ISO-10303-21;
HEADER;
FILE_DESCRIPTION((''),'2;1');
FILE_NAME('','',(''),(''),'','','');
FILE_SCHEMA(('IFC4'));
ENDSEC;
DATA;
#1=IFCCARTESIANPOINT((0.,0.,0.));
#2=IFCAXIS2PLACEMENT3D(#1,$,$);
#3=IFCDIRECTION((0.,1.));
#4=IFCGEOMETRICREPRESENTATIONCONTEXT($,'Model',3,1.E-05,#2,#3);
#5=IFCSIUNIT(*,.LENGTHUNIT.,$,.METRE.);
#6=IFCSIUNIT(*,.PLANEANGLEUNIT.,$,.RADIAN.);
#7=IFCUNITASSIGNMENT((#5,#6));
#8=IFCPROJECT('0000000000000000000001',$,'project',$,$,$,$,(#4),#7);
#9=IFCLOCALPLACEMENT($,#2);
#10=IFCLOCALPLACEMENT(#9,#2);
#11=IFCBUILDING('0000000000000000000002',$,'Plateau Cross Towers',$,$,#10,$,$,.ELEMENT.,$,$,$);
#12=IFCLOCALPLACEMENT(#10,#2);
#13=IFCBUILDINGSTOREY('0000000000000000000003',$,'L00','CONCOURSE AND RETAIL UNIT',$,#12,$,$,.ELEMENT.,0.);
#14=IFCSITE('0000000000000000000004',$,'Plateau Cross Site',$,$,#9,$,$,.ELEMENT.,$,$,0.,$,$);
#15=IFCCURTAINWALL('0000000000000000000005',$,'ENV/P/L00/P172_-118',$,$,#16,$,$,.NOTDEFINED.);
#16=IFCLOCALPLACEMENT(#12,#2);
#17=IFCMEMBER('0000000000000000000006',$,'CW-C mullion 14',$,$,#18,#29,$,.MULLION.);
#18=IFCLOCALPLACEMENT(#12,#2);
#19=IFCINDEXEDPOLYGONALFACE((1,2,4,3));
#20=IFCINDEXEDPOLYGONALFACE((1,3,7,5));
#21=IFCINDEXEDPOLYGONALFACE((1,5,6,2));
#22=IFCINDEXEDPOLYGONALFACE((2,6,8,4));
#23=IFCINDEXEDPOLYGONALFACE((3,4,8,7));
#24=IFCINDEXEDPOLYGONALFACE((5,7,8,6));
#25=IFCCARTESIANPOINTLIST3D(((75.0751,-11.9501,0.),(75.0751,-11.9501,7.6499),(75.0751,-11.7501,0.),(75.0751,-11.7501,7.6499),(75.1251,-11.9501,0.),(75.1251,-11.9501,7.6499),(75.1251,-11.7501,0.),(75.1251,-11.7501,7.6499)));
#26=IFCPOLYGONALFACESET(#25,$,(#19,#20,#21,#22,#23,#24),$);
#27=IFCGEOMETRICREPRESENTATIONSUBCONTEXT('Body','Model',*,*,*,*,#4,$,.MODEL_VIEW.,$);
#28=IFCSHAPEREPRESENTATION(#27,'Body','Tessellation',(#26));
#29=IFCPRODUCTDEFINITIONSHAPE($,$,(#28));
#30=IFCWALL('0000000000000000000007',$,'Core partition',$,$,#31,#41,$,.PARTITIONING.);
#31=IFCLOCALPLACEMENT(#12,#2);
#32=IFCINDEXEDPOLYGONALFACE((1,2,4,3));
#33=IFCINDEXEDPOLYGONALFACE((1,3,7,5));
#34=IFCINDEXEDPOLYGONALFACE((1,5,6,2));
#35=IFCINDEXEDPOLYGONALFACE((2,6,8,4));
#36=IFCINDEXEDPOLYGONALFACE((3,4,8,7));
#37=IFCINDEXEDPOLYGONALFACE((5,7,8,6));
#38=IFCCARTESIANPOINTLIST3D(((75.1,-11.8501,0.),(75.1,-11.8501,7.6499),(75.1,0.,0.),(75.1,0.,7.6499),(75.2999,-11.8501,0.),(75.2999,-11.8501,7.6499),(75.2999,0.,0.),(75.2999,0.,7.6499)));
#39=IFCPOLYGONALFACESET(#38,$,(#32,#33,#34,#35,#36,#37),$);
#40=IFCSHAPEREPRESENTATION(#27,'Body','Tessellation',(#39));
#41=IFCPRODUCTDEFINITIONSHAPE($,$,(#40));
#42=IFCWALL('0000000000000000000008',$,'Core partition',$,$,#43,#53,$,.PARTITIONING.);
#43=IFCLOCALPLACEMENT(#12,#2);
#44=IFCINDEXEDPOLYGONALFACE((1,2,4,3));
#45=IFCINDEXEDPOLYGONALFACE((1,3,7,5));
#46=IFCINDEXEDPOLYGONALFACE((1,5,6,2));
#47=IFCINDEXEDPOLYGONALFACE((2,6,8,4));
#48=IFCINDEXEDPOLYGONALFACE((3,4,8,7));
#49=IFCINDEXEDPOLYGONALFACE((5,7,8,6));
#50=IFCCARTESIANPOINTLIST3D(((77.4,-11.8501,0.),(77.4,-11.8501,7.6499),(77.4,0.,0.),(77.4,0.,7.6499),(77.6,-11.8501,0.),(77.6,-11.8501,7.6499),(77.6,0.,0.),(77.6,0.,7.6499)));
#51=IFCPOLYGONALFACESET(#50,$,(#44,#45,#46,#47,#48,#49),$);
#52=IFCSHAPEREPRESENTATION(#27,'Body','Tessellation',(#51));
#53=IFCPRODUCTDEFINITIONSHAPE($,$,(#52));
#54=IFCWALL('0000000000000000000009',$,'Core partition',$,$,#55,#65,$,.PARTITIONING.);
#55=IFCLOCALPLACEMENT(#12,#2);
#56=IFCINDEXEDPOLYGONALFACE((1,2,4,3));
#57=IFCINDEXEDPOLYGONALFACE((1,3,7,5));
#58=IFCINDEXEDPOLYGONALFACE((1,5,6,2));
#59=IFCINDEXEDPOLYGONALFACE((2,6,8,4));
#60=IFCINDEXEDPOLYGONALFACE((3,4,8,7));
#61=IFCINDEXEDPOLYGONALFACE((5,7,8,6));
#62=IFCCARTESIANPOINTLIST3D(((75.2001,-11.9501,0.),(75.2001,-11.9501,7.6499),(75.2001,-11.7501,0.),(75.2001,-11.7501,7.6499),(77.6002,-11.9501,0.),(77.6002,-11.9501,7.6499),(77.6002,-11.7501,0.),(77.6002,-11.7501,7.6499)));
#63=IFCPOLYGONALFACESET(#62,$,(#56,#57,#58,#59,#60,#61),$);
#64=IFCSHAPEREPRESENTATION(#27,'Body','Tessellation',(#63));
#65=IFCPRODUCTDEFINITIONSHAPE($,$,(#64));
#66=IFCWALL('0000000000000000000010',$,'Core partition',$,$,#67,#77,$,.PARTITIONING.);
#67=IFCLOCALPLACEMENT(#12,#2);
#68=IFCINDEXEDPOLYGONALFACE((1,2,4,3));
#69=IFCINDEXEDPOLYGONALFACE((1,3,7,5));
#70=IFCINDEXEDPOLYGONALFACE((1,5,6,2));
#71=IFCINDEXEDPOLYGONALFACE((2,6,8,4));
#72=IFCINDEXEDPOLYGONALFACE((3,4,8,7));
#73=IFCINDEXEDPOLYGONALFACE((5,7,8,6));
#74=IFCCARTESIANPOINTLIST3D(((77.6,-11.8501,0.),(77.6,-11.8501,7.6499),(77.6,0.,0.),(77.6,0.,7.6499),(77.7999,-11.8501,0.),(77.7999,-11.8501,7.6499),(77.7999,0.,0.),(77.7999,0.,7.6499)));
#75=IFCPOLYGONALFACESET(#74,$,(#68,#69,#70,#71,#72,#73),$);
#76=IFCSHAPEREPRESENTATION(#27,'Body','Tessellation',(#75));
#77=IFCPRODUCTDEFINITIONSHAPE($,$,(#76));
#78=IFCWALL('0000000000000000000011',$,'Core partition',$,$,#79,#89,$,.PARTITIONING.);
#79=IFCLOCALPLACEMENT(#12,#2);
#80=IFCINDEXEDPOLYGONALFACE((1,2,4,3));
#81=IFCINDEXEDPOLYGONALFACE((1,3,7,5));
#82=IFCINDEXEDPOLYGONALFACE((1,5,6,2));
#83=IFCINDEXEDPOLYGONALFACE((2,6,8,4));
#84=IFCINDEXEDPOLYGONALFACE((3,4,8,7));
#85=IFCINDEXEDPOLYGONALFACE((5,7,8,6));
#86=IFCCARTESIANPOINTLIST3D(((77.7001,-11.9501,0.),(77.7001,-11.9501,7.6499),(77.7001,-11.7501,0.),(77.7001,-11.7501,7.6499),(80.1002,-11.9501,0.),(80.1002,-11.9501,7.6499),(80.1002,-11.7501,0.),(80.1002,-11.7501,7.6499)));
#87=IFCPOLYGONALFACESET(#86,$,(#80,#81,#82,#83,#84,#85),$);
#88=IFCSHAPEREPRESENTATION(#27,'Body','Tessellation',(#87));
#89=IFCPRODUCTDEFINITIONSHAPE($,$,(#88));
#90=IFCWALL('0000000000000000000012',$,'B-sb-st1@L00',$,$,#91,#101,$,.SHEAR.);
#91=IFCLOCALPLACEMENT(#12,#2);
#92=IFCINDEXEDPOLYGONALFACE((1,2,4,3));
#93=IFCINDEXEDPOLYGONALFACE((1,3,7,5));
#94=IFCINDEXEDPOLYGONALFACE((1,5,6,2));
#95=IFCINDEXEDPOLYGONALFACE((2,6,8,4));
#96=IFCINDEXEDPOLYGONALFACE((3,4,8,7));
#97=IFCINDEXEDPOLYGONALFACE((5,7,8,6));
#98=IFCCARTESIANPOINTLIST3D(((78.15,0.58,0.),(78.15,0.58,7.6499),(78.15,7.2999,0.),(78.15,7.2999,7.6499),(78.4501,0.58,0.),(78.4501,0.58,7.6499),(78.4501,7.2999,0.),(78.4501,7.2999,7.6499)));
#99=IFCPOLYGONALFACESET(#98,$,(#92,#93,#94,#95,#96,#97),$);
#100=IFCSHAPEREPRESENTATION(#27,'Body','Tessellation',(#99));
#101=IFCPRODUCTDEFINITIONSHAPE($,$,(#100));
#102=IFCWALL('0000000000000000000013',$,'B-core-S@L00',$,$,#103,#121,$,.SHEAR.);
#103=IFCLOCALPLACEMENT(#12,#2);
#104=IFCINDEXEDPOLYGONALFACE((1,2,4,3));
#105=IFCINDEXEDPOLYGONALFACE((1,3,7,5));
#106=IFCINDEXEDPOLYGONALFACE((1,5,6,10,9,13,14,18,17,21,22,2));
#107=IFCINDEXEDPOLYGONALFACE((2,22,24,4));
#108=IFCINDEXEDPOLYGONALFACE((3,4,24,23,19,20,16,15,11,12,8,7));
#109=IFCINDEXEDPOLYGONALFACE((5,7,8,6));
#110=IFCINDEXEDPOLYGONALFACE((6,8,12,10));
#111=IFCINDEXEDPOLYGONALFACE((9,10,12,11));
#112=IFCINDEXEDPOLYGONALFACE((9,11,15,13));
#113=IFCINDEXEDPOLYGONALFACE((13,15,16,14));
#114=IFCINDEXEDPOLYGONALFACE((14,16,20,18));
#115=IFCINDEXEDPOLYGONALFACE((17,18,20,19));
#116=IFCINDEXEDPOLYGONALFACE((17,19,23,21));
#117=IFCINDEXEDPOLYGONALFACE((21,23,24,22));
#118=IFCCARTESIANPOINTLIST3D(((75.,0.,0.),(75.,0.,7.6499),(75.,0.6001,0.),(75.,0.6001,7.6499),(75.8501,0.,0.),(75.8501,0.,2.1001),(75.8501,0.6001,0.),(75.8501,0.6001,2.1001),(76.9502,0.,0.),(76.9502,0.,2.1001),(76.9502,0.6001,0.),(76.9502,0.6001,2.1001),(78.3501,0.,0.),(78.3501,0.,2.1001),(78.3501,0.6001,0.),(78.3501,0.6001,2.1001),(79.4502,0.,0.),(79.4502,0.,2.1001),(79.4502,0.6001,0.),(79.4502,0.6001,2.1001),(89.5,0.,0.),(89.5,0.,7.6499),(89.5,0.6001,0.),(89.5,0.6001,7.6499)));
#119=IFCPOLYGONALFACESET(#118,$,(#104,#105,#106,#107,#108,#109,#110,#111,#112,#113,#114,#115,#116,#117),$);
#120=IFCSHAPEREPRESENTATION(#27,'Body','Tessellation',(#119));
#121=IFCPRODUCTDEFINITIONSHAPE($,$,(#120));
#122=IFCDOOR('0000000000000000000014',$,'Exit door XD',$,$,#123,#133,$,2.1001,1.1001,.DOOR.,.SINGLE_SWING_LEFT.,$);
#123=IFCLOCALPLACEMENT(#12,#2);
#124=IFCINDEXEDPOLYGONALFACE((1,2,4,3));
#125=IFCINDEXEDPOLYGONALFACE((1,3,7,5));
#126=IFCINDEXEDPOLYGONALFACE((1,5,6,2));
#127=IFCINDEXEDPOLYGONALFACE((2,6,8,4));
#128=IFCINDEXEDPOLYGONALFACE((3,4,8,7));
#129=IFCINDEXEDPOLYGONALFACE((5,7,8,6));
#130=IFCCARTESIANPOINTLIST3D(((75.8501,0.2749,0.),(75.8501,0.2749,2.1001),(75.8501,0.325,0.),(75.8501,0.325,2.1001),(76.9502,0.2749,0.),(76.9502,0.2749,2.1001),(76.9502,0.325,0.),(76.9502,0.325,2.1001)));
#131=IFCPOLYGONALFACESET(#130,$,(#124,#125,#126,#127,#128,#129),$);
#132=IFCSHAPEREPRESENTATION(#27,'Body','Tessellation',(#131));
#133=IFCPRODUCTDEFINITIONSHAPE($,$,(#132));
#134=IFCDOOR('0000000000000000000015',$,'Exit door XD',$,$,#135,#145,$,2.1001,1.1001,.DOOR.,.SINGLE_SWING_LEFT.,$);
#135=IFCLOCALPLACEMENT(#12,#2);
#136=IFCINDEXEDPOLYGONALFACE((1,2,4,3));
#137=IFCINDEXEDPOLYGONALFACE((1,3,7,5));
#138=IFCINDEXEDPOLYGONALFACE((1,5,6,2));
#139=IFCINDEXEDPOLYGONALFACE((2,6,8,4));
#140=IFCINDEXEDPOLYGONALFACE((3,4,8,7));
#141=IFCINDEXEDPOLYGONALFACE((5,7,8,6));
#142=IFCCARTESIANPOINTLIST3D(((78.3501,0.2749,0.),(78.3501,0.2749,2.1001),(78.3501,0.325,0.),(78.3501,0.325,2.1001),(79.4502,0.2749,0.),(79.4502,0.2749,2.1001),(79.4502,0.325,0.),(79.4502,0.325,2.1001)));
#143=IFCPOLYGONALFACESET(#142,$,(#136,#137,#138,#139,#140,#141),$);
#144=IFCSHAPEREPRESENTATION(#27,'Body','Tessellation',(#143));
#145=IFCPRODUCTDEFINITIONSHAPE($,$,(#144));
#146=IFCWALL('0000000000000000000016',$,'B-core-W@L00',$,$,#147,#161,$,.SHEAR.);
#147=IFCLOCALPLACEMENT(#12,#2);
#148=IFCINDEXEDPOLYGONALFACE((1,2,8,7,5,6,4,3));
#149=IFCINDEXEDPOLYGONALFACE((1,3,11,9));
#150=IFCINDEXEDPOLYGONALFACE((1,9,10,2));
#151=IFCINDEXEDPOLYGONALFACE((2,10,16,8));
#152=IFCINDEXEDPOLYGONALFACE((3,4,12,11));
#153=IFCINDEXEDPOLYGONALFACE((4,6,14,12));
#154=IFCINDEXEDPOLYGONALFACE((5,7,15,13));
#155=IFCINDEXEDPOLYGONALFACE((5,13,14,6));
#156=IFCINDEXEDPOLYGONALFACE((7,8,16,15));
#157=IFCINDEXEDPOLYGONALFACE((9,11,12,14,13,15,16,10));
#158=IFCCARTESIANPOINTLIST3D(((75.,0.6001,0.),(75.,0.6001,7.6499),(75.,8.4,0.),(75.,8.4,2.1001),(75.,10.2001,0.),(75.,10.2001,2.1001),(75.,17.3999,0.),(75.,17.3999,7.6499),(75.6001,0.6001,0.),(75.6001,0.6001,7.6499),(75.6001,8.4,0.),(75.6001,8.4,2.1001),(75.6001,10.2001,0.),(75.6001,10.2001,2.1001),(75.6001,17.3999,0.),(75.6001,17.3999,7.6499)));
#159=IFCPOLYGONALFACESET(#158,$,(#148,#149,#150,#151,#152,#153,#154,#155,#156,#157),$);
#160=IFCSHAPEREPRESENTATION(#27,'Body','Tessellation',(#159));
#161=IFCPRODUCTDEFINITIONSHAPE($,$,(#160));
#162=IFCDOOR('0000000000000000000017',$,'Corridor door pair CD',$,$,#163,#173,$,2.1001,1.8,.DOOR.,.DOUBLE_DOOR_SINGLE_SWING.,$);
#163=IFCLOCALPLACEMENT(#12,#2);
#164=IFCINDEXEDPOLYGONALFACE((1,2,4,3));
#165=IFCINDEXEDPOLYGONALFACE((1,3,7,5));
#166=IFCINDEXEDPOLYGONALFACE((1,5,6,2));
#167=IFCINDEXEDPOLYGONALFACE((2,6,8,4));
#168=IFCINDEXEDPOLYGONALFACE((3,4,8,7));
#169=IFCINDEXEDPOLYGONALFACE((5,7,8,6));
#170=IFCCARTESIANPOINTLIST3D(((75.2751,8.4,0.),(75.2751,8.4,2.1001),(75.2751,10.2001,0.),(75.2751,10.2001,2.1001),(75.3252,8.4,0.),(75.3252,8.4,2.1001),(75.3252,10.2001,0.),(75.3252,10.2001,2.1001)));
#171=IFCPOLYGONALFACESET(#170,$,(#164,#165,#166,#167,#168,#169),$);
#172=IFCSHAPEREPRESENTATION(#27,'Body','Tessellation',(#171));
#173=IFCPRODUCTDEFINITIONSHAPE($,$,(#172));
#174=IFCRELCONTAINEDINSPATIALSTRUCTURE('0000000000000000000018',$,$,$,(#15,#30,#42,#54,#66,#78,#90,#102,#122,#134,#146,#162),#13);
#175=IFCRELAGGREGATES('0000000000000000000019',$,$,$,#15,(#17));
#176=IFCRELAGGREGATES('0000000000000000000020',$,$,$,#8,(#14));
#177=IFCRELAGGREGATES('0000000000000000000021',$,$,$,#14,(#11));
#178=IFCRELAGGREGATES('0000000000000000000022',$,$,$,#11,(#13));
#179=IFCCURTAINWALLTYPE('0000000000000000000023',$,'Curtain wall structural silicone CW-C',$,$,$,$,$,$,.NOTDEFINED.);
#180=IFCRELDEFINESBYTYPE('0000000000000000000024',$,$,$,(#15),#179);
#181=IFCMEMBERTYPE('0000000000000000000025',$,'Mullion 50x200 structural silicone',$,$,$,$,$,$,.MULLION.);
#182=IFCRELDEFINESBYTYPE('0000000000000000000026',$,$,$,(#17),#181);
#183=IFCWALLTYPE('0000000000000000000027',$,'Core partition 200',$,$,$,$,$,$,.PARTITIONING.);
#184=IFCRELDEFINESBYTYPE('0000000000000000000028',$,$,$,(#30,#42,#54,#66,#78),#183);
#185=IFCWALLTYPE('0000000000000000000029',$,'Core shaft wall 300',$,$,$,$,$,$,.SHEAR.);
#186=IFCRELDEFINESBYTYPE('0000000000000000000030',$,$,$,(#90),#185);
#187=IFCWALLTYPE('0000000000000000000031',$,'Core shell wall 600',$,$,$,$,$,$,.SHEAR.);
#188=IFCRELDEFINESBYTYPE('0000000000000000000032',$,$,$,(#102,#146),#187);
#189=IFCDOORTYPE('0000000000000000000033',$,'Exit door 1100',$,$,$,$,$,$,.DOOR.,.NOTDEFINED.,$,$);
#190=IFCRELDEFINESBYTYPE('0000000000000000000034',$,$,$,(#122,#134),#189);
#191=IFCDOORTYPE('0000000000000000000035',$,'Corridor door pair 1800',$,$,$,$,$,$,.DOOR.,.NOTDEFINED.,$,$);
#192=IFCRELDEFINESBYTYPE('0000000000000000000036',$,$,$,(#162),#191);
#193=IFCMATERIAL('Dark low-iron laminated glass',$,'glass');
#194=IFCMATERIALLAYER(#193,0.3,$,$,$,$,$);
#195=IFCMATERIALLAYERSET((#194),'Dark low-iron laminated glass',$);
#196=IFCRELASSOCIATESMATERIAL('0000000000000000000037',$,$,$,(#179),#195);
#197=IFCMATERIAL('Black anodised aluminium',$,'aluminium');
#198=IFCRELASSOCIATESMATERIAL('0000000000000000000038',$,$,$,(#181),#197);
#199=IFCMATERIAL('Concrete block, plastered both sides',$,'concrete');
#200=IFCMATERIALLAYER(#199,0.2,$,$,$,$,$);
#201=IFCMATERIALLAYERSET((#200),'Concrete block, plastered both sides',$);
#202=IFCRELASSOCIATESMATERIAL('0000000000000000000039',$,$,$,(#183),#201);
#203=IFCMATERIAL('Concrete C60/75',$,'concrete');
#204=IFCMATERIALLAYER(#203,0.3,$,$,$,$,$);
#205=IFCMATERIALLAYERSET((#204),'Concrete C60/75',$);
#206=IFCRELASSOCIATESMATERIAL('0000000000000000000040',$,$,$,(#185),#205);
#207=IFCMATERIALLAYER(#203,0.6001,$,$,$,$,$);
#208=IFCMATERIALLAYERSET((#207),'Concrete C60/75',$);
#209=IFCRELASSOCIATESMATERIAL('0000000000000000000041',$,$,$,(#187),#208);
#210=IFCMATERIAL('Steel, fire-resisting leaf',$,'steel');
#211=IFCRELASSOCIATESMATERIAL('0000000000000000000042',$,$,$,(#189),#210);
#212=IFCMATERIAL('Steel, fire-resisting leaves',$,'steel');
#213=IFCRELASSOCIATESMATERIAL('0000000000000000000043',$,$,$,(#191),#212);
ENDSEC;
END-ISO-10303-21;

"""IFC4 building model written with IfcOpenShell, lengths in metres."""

from ifc_helpers import new_model, si_unit, direction, frame, frame_2d, origin, origin_2d, place, context, subcontext, project, spatial, rectangle, extrude, material, layer, layer_set, material_profile, profile_set, type_object, element, fill, aggregate, save


model = new_model("IFC4")

# Units and contexts
model_context = context("Model", 3, precision=1e-05, world=origin(), true_north=direction((0.0, 1.0)))
body_context = subcontext(model_context, "Body", "Model", "MODEL_VIEW")
ifc_project = project(units=[si_unit("LENGTHUNIT", "METRE"), si_unit("PLANEANGLEUNIT", "RADIAN")], contexts=[model_context])

# Site, building, storey
site_placement = place(None, origin())
site = spatial("IfcSite", under=ifc_project, at=site_placement, Name="Plateau Cross Site", CompositionType="ELEMENT", RefElevation=0.0)
building_placement = place(site_placement, origin())
building = spatial("IfcBuilding", under=site, at=building_placement, Name="Plateau Cross Towers", CompositionType="ELEMENT")
storey_placement = place(building_placement, origin())
storey = spatial("IfcBuildingStorey", under=building, at=storey_placement, Name="L00", Description="CONCOURSE AND RETAIL UNIT", CompositionType="ELEMENT", Elevation=0.0)

# Curtain wall, member
ifc_material_1 = material(Name="Dark low-iron laminated glass", Category="glass")
ifc_layer_1 = layer(ifc_material_1, 0.3)
ifc_layer_set_1 = layer_set([ifc_layer_1], Name="Dark low-iron laminated glass")
curtain_wall_type = type_object("IfcCurtainWallType", Name="Curtain wall structural silicone CW-C", PredefinedType="NOTDEFINED", material=ifc_layer_set_1)
curtain_wall_placement = place(storey_placement, origin())
curtain_wall = element("IfcCurtainWall", 1, at=curtain_wall_placement, inside=storey, type_object=curtain_wall_type, Name="ENV/P/L00/P172_-118", PredefinedType="NOTDEFINED")
ifc_material_2 = material(Name="Black anodised aluminium", Category="aluminium")
ifc_material_profile = material_profile(ifc_material_2, rectangle(XDim=0.05, YDim=0.2, at=origin_2d()), Name="MULLION 50x200")
ifc_profile_set = profile_set([ifc_material_profile], Name="Black anodised aluminium")
member_type = type_object("IfcMemberType", Name="Mullion 50x200 structural silicone", PredefinedType="MULLION", material=ifc_profile_set)
member_placement = place(storey_placement, frame((75.1001, -11.8501, 0.0), z_axis=(0.0, 0.0, 1.0), x_axis=(1.0, 0.0, 0.0)))
member = element("IfcMember", 2, at=member_placement, type_object=member_type, Name="CW-C mullion 14", PredefinedType="MULLION", context=body_context, shape_type="SweptSolid", body=[
    extrude(rectangle(XDim=0.05, YDim=0.2, at=origin_2d()), origin(), (0.0, 0.0, 1.0), 7.6499),
])
aggregate(curtain_wall, [member])

# Walls
ifc_material_3 = material(Name="Concrete block, plastered both sides", Category="concrete")
ifc_layer_2 = layer(ifc_material_3, 0.2)
ifc_layer_set_2 = layer_set([ifc_layer_2], Name="Concrete block, plastered both sides")
wall_type_1 = type_object("IfcWallType", Name="Core partition 200", PredefinedType="PARTITIONING", material=ifc_layer_set_2)
for number, where, z_axis, x_axis, name in (
    (3, (75.2, -11.8501, 0.0), (0.0, 0.0, 1.0), (0.0, 1.0, 0.0), "Core partition"),
    (4, (77.5, -11.8501, 0.0), (0.0, 0.0, 1.0), (0.0, 1.0, 0.0), "Core partition"),
):
    element("IfcWall", number, at=place(storey_placement, frame(where, z_axis=z_axis, x_axis=x_axis)), inside=storey, type_object=wall_type_1, Name=name, PredefinedType="PARTITIONING", context=body_context, shape_type="SweptSolid", body=[
        extrude(rectangle(XDim=11.8501, YDim=0.2, at=frame_2d((5.925, 0.0))), origin(), (0.0, 0.0, 1.0), 7.6499),
    ])
wall_1_placement = place(storey_placement, frame((75.2, -11.8501, 0.0), z_axis=(0.0, 0.0, 1.0), x_axis=(1.0, 0.0, 0.0)))
element("IfcWall", 5, at=wall_1_placement, inside=storey, type_object=wall_type_1, Name="Core partition", PredefinedType="PARTITIONING", context=body_context, shape_type="SweptSolid", body=[
    extrude(rectangle(XDim=2.4001, YDim=0.2, at=frame_2d((1.2002, 0.0))), origin(), (0.0, 0.0, 1.0), 7.6499),
])
wall_2_placement = place(storey_placement, frame((77.7, -11.8501, 0.0), z_axis=(0.0, 0.0, 1.0), x_axis=(0.0, 1.0, 0.0)))
element("IfcWall", 6, at=wall_2_placement, inside=storey, type_object=wall_type_1, Name="Core partition", PredefinedType="PARTITIONING", context=body_context, shape_type="SweptSolid", body=[
    extrude(rectangle(XDim=11.8501, YDim=0.2, at=frame_2d((5.925, 0.0))), origin(), (0.0, 0.0, 1.0), 7.6499),
])
wall_3_placement = place(storey_placement, frame((77.7, -11.8501, 0.0), z_axis=(0.0, 0.0, 1.0), x_axis=(1.0, 0.0, 0.0)))
element("IfcWall", 7, at=wall_3_placement, inside=storey, type_object=wall_type_1, Name="Core partition", PredefinedType="PARTITIONING", context=body_context, shape_type="SweptSolid", body=[
    extrude(rectangle(XDim=2.4001, YDim=0.2, at=frame_2d((1.2002, 0.0))), origin(), (0.0, 0.0, 1.0), 7.6499),
])
ifc_material_4 = material(Name="Concrete C60/75", Category="concrete")
ifc_layer_3 = layer(ifc_material_4, 0.3)
ifc_layer_set_3 = layer_set([ifc_layer_3], Name="Concrete C60/75")
wall_type_2 = type_object("IfcWallType", Name="Core shaft wall 300", PredefinedType="SHEAR", material=ifc_layer_set_3)
wall_4_placement = place(storey_placement, frame((78.3, 0.5801, 0.0), z_axis=(0.0, 0.0, 1.0), x_axis=(0.0, 1.0, 0.0)))
element("IfcWall", 8, at=wall_4_placement, inside=storey, type_object=wall_type_2, Name="B-sb-st1@L00", PredefinedType="SHEAR", context=body_context, shape_type="SweptSolid", body=[
    extrude(rectangle(XDim=6.72, YDim=0.3, at=frame_2d((3.3599, 0.0))), origin(), (0.0, 0.0, 1.0), 7.6499),
])

# Wall, openings, doors
ifc_layer_4 = layer(ifc_material_4, 0.6001)
ifc_layer_set_4 = layer_set([ifc_layer_4], Name="Concrete C60/75")
wall_type_3 = type_object("IfcWallType", Name="Core shell wall 600", PredefinedType="SHEAR", material=ifc_layer_set_4)
wall_5_placement = place(storey_placement, frame((75.0, 0.3, 0.0), z_axis=(0.0, 0.0, 1.0), x_axis=(1.0, 0.0, 0.0)))
wall_5 = element("IfcWall", 9, at=wall_5_placement, inside=storey, type_object=wall_type_3, Name="B-core-S@L00", PredefinedType="SHEAR", context=body_context, shape_type="SweptSolid", body=[
    extrude(rectangle(XDim=14.5, YDim=0.6001, at=frame_2d((7.25, 0.0))), origin(), (0.0, 0.0, 1.0), 7.6499),
])
opening_1_placement = place(wall_5_placement, frame((0.8501, 0.0, 0.0)))
opening_1 = element("IfcOpeningElement", 10, at=opening_1_placement, cuts=wall_5, PredefinedType="OPENING", context=body_context, shape_type="SweptSolid", body=[
    extrude(rectangle(XDim=1.1001, YDim=2.1001, at=frame_2d((0.55, 1.05))), frame((0.0, 0.3101, 0.0), z_axis=(0.0, -1.0, 0.0), x_axis=(1.0, 0.0, 0.0)), (0.0, 0.0, 1.0), 0.6201),
])
opening_2_placement = place(wall_5_placement, frame((3.3501, 0.0, 0.0)))
opening_2 = element("IfcOpeningElement", 11, at=opening_2_placement, cuts=wall_5, PredefinedType="OPENING", context=body_context, shape_type="SweptSolid", body=[
    extrude(rectangle(XDim=1.1001, YDim=2.1001, at=frame_2d((0.55, 1.05))), frame((0.0, 0.3101, 0.0), z_axis=(0.0, -1.0, 0.0), x_axis=(1.0, 0.0, 0.0)), (0.0, 0.0, 1.0), 0.6201),
])
ifc_material_5 = material(Name="Steel, fire-resisting leaf", Category="steel")
door_type_1 = type_object("IfcDoorType", Name="Exit door 1100", OperationType="NOTDEFINED", PredefinedType="DOOR", material=ifc_material_5)
door_1_placement = place(opening_1_placement, origin())
door_1 = element("IfcDoor", 12, at=door_1_placement, inside=storey, type_object=door_type_1, Name="Exit door XD", OperationType="SINGLE_SWING_LEFT", OverallHeight=2.1001, OverallWidth=1.1001, PredefinedType="DOOR", context=body_context, shape_type="SweptSolid", body=[
    extrude(rectangle(XDim=1.1001, YDim=2.1001, at=frame_2d((0.55, 1.05))), frame((0.0, 0.0249, 0.0), z_axis=(0.0, -1.0, 0.0), x_axis=(1.0, 0.0, 0.0)), (0.0, 0.0, 1.0), 0.05),
])
fill(opening_1, door_1)
door_2_placement = place(opening_2_placement, origin())
door_2 = element("IfcDoor", 13, at=door_2_placement, inside=storey, type_object=door_type_1, Name="Exit door XD", OperationType="SINGLE_SWING_LEFT", OverallHeight=2.1001, OverallWidth=1.1001, PredefinedType="DOOR", context=body_context, shape_type="SweptSolid", body=[
    extrude(rectangle(XDim=1.1001, YDim=2.1001, at=frame_2d((0.55, 1.05))), frame((0.0, 0.0249, 0.0), z_axis=(0.0, -1.0, 0.0), x_axis=(1.0, 0.0, 0.0)), (0.0, 0.0, 1.0), 0.05),
])
fill(opening_2, door_2)

# Wall, opening, door
wall_6_placement = place(storey_placement, frame((75.3, 0.6001, 0.0), z_axis=(0.0, 0.0, 1.0), x_axis=(0.0, 1.0, 0.0)))
wall_6 = element("IfcWall", 14, at=wall_6_placement, inside=storey, type_object=wall_type_3, Name="B-core-W@L00", PredefinedType="SHEAR", context=body_context, shape_type="SweptSolid", body=[
    extrude(rectangle(XDim=16.7998, YDim=0.6001, at=frame_2d((8.3999, 0.0))), origin(), (0.0, 0.0, 1.0), 7.6499),
])
opening_3_placement = place(wall_6_placement, frame((7.8, 0.0, 0.0)))
opening_3 = element("IfcOpeningElement", 15, at=opening_3_placement, cuts=wall_6, PredefinedType="OPENING", context=body_context, shape_type="SweptSolid", body=[
    extrude(rectangle(XDim=1.8, YDim=2.1001, at=frame_2d((0.8999, 1.05))), frame((0.0, 0.3101, 0.0), z_axis=(0.0, -1.0, 0.0), x_axis=(1.0, 0.0, 0.0)), (0.0, 0.0, 1.0), 0.6201),
])
ifc_material_6 = material(Name="Steel, fire-resisting leaves", Category="steel")
door_type_2 = type_object("IfcDoorType", Name="Corridor door pair 1800", OperationType="NOTDEFINED", PredefinedType="DOOR", material=ifc_material_6)
door_3_placement = place(opening_3_placement, origin())
door_3 = element("IfcDoor", 16, at=door_3_placement, inside=storey, type_object=door_type_2, Name="Corridor door pair CD", OperationType="DOUBLE_DOOR_SINGLE_SWING", OverallHeight=2.1001, OverallWidth=1.8, PredefinedType="DOOR", context=body_context, shape_type="SweptSolid", body=[
    extrude(rectangle(XDim=1.8, YDim=2.1001, at=frame_2d((0.8999, 1.05))), frame((0.0, 0.0249, 0.0), z_axis=(0.0, -1.0, 0.0), x_axis=(1.0, 0.0, 0.0)), (0.0, 0.0, 1.0), 0.05),
])
fill(opening_3, door_3)

save(model, "model.ifc")
